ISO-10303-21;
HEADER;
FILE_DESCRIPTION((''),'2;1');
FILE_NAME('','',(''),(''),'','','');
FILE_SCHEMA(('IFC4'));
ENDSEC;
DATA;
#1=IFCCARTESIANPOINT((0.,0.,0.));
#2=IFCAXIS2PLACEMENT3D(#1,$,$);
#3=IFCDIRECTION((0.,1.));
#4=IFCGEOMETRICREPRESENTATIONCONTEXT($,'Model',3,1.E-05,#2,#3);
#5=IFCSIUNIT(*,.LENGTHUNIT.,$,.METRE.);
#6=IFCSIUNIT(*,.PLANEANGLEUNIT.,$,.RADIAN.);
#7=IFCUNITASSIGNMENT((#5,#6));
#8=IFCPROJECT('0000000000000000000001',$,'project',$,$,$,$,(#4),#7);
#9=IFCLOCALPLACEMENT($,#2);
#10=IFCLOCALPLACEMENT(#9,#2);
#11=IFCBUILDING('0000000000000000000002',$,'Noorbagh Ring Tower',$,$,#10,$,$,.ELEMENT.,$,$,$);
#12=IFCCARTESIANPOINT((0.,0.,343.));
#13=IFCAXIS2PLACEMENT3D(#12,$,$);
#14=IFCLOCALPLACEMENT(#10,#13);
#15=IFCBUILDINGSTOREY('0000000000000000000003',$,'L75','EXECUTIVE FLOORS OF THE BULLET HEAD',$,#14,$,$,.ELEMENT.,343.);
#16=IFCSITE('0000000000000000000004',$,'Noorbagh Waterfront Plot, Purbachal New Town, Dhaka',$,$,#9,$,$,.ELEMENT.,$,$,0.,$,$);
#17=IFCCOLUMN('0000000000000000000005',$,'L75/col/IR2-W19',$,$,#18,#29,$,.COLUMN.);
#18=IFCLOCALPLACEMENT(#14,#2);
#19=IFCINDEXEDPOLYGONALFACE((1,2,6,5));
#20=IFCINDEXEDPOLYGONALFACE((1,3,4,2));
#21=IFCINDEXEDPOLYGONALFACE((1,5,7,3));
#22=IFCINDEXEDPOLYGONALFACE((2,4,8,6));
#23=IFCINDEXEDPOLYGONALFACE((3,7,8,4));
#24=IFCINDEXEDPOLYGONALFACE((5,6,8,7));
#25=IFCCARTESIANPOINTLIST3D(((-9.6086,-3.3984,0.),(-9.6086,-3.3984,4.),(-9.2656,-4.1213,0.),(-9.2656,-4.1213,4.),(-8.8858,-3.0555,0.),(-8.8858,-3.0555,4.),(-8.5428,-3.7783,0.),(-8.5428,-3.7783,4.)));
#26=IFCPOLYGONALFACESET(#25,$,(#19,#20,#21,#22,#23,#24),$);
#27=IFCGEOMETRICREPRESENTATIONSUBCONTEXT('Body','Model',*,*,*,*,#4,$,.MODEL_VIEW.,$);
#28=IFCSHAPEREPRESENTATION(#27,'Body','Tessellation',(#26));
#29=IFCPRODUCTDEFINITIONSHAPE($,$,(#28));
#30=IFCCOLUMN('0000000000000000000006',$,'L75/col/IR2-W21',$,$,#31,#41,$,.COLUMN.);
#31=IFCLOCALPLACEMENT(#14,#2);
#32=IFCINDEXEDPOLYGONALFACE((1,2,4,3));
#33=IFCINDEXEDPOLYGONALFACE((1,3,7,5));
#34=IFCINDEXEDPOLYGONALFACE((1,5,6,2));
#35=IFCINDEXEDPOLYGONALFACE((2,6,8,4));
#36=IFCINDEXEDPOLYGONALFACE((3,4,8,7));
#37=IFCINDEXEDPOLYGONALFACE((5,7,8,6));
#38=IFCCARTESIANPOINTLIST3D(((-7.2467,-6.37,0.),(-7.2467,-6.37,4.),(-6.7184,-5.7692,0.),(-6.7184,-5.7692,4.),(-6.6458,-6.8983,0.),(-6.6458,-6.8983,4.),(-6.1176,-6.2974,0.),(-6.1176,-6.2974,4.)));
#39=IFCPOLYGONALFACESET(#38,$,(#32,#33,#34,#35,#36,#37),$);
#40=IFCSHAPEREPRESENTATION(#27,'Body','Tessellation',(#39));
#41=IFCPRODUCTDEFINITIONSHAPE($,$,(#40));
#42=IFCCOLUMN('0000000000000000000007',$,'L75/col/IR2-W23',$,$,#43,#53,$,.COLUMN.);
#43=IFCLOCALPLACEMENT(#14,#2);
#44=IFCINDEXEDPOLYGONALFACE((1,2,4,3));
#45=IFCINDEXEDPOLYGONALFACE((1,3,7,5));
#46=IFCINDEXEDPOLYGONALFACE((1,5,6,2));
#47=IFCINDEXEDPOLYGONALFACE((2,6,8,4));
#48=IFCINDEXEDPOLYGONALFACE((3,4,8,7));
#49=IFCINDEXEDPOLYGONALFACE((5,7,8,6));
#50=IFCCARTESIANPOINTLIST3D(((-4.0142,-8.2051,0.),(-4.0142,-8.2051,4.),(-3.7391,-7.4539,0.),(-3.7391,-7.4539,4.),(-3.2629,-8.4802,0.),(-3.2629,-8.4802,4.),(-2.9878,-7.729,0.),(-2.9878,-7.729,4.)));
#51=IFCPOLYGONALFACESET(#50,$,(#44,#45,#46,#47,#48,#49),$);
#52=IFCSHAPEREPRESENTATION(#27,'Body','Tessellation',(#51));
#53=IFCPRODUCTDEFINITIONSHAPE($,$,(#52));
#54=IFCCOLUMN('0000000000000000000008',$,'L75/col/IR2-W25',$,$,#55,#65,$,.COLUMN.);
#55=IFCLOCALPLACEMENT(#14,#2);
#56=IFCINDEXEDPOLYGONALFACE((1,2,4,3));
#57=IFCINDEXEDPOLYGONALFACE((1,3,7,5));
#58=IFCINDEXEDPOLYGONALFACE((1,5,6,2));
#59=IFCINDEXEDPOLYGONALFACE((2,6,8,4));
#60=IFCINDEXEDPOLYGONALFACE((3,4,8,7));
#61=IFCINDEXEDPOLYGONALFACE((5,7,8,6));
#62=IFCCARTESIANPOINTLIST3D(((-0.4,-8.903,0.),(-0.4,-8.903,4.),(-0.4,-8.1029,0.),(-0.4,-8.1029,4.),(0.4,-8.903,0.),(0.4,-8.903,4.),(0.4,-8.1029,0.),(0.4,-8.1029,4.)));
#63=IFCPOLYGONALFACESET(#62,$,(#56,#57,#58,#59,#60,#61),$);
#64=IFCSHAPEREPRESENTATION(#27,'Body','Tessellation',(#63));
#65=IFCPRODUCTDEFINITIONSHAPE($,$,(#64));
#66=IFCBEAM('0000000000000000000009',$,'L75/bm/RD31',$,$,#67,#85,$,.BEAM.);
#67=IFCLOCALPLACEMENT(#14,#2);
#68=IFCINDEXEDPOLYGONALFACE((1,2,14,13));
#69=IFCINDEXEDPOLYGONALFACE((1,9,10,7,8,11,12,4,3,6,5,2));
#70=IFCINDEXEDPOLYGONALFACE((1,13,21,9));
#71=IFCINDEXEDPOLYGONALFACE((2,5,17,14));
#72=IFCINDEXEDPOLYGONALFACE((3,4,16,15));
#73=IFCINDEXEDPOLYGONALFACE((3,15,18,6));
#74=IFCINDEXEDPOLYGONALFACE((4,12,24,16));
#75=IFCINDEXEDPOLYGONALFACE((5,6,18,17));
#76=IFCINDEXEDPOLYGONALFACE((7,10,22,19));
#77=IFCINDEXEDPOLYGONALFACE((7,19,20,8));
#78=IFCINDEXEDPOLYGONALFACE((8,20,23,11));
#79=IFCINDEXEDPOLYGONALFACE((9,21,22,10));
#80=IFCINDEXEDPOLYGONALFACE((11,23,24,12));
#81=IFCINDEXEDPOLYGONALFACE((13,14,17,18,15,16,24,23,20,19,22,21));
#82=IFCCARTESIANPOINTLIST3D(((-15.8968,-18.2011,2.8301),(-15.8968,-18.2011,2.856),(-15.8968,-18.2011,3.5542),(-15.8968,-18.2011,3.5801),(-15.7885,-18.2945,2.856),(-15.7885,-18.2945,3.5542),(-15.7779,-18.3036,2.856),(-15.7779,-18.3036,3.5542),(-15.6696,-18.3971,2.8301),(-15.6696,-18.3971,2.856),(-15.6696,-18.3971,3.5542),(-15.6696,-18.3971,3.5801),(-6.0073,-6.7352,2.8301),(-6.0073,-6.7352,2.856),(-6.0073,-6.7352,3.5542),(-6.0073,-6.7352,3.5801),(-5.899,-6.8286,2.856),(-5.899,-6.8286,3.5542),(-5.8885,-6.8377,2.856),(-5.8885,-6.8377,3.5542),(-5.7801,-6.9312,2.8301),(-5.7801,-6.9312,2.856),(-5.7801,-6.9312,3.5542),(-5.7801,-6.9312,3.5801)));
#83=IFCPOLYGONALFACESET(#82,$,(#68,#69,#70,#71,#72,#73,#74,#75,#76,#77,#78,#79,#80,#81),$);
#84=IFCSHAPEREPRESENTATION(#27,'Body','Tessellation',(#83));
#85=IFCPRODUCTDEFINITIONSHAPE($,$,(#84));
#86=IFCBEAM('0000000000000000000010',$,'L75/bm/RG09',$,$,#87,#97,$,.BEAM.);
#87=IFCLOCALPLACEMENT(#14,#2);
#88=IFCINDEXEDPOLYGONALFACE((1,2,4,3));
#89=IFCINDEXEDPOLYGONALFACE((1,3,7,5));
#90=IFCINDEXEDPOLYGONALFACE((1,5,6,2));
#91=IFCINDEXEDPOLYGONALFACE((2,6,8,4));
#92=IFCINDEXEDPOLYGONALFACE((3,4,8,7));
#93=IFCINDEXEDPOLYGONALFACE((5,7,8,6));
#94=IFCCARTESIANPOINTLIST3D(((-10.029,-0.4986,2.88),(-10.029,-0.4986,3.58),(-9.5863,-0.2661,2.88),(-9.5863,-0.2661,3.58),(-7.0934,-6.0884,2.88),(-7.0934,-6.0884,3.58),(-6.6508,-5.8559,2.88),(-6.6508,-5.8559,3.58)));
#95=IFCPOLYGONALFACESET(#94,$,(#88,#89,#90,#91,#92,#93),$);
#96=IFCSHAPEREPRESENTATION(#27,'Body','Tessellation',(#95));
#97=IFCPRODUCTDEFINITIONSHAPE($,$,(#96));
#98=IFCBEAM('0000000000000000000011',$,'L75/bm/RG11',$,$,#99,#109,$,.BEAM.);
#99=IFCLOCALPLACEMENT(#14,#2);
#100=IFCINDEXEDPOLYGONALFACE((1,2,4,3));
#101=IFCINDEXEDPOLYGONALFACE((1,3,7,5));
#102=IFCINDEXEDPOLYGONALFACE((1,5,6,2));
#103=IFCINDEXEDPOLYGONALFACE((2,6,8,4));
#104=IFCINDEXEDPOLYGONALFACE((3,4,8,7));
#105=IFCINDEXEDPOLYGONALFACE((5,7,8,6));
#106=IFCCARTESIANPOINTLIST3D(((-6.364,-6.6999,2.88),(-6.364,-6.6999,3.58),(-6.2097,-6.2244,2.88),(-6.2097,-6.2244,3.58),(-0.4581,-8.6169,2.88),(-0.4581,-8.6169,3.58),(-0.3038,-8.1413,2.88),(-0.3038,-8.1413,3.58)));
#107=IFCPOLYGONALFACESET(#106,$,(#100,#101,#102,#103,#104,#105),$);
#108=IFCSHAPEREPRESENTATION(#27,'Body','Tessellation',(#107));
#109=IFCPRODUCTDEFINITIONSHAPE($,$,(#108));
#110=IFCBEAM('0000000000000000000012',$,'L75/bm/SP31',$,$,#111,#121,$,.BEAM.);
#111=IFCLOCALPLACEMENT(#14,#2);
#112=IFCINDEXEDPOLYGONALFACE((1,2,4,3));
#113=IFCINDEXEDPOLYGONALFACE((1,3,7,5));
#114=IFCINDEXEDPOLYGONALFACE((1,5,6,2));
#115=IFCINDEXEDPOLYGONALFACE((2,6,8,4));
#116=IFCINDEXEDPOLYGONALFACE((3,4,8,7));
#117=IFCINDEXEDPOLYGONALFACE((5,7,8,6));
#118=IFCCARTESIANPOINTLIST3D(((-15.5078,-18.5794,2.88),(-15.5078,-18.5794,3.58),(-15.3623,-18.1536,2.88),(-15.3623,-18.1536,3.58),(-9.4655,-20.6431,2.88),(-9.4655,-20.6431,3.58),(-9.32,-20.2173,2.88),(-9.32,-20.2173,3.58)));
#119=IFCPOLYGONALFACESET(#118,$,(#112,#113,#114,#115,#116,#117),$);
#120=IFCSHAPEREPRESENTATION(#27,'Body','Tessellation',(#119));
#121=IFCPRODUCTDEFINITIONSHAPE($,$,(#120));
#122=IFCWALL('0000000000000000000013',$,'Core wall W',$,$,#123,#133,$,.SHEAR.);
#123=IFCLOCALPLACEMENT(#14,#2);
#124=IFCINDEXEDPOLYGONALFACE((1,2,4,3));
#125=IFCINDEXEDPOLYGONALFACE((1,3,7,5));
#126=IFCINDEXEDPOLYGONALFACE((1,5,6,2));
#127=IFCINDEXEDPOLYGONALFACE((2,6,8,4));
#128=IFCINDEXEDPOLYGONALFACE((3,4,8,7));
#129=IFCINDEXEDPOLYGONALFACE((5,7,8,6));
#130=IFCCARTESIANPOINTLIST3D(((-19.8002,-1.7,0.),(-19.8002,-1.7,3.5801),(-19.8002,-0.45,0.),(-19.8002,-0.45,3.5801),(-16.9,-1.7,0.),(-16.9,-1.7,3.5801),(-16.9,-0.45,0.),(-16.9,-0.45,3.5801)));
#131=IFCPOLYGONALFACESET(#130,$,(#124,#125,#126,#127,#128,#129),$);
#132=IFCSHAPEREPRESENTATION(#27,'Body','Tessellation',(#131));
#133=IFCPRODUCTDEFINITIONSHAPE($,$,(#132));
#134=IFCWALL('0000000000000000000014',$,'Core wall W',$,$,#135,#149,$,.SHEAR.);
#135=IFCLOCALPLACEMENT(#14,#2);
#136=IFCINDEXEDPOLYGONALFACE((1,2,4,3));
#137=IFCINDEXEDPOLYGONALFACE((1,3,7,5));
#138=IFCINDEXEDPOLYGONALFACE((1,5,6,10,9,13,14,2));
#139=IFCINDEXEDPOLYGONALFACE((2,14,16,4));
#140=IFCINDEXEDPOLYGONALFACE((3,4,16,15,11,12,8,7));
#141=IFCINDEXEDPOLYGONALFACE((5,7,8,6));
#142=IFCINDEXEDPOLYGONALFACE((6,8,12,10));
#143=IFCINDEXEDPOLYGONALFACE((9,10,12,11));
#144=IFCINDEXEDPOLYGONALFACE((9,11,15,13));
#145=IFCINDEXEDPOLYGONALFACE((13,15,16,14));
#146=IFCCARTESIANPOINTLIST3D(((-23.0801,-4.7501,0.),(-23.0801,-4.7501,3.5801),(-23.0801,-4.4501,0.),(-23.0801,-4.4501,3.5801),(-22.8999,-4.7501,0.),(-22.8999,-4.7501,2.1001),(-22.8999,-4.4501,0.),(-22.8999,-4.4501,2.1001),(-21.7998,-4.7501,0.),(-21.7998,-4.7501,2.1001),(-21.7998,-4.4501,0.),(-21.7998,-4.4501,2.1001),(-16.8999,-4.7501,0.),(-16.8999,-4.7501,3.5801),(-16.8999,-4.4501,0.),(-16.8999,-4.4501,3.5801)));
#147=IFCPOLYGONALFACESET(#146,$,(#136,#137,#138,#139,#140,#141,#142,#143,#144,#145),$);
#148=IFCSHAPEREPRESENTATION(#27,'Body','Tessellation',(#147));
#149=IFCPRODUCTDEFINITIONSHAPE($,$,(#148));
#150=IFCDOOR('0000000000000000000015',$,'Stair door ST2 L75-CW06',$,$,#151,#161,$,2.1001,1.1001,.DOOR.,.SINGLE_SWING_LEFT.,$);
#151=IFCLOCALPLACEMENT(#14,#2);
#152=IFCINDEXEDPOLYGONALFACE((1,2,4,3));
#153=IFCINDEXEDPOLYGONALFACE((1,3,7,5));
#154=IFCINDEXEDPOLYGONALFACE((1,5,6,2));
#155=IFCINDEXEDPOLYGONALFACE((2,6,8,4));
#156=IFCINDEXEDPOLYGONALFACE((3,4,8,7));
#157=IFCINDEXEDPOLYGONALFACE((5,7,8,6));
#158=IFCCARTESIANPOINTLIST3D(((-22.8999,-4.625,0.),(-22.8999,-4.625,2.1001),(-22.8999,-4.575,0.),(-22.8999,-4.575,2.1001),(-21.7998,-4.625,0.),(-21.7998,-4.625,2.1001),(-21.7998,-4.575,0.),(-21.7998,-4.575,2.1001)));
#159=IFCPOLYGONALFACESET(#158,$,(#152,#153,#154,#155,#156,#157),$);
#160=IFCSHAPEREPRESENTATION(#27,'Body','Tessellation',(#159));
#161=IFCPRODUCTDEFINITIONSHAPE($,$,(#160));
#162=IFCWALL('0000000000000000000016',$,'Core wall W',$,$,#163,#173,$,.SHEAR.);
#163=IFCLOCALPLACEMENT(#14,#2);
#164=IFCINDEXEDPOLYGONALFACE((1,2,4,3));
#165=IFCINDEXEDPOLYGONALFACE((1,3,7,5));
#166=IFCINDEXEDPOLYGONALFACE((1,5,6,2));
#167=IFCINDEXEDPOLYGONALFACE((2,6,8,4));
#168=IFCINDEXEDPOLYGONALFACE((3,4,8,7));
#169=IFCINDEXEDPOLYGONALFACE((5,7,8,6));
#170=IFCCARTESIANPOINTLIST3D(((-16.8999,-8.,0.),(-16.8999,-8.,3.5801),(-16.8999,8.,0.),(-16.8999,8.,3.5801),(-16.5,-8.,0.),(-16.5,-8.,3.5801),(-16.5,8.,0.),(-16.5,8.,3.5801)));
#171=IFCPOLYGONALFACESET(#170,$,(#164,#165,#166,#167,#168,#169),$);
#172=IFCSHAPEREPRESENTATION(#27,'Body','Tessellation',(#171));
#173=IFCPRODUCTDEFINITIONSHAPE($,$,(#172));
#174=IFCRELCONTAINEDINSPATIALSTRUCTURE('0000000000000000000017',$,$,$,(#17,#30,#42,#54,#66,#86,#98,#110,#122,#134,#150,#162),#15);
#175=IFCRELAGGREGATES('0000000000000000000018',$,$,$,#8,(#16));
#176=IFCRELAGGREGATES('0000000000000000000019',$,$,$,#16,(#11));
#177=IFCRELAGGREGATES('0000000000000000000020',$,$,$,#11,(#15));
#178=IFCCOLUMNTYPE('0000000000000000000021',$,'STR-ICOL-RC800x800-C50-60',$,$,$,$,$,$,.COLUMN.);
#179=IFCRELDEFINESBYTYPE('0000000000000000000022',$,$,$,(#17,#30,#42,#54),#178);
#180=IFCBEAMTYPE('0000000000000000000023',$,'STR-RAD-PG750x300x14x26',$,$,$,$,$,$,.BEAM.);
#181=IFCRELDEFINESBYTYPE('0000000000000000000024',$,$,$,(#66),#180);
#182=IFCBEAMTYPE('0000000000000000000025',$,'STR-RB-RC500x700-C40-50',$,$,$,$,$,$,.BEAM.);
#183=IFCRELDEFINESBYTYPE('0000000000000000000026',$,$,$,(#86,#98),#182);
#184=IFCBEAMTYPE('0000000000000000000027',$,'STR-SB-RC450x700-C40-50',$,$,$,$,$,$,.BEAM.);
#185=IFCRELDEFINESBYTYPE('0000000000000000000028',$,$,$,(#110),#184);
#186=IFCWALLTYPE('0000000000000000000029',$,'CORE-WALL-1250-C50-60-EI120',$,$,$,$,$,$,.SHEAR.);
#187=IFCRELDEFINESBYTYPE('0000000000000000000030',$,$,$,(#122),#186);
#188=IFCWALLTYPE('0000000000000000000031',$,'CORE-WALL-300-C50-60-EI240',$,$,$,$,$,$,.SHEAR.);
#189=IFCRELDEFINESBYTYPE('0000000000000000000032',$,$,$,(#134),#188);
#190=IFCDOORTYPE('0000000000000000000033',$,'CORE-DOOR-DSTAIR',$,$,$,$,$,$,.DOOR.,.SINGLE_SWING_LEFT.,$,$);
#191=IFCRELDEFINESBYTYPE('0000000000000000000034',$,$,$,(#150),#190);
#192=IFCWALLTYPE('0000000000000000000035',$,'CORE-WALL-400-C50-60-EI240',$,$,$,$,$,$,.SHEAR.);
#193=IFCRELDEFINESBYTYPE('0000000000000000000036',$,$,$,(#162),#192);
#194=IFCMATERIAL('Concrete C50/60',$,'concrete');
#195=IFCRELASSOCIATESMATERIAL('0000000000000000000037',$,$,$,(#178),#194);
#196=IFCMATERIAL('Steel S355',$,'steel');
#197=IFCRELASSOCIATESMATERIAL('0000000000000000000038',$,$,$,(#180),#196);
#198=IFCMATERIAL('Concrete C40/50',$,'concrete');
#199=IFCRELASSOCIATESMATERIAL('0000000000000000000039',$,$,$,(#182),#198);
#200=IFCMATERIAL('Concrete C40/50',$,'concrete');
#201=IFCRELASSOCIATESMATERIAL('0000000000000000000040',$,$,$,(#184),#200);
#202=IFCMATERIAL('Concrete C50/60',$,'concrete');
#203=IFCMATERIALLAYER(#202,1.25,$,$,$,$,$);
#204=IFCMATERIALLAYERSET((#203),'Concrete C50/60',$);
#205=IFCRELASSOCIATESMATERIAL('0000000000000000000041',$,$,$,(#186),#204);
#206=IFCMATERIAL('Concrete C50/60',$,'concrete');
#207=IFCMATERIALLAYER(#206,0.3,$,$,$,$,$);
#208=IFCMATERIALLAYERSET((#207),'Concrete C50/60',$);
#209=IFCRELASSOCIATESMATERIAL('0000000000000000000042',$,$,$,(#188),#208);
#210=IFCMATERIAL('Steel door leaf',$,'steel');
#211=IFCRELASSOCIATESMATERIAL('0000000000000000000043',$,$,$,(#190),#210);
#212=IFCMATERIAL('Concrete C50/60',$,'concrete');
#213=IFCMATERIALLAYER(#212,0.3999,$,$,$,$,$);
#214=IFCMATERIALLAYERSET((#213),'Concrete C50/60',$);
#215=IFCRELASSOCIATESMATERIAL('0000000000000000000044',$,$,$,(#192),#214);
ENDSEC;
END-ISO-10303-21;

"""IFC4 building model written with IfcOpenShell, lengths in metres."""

from ifc_helpers import new_model, si_unit, direction, frame, frame_2d, origin, origin_2d, place, context, subcontext, project, spatial, rectangle, i_section, extrude, material, layer, layer_set, material_profile, profile_set, type_object, element, fill, save


model = new_model("IFC4")

# Units and contexts
model_context = context("Model", 3, precision=1e-05, world=origin(), true_north=direction((0.0, 1.0)))
body_context = subcontext(model_context, "Body", "Model", "MODEL_VIEW")
ifc_project = project(units=[si_unit("LENGTHUNIT", "METRE"), si_unit("PLANEANGLEUNIT", "RADIAN")], contexts=[model_context])

# Site, building, storey
site_placement = place(None, origin())
site = spatial("IfcSite", under=ifc_project, at=site_placement, Name="Noorbagh Waterfront Plot, Purbachal New Town, Dhaka", CompositionType="ELEMENT", RefElevation=0.0)
building_placement = place(site_placement, origin())
building = spatial("IfcBuilding", under=site, at=building_placement, Name="Noorbagh Ring Tower", CompositionType="ELEMENT")
storey_placement = place(building_placement, frame((0.0, 0.0, 343.0)))
storey = spatial("IfcBuildingStorey", under=building, at=storey_placement, Name="L75", Description="EXECUTIVE FLOORS OF THE BULLET HEAD", CompositionType="ELEMENT", Elevation=343.0)

# Columns
ifc_material_1 = material(Name="Concrete C50/60", Category="concrete")
ifc_material_profile_1 = material_profile(ifc_material_1, rectangle(XDim=0.8, YDim=0.8, at=origin_2d()), Name="RC800x800")
ifc_profile_set_1 = profile_set([ifc_material_profile_1], Name="Concrete C50/60")
column_type = type_object("IfcColumnType", Name="STR-ICOL-RC800x800-C50-60", PredefinedType="COLUMN", material=ifc_profile_set_1)
for number, where, z_axis, x_axis, name in (
    (1, (-9.0757, -3.5884, 0.0), (0.0, 0.0, 1.0), (0.428667, -0.903463, 0.0), "L75/col/IR2-W19"),
    (2, (-6.6821, -6.3337, 0.0), (0.0, 0.0, 1.0), (0.751022, -0.660277, 0.0), "L75/col/IR2-W21"),
    (3, (-3.501, -7.967, 0.0), (0.0, 0.0, 1.0), (0.93902, -0.343864, 0.0), "L75/col/IR2-W23"),
    (4, (0.0, -8.5029, 0.0), (0.0, 0.0, 1.0), (1.0, 0.0, 0.0), "L75/col/IR2-W25"),
):
    element("IfcColumn", number, at=place(storey_placement, frame(where, z_axis=z_axis, x_axis=x_axis)), inside=storey, type_object=column_type, Name=name, PredefinedType="COLUMN", context=body_context, shape_type="SweptSolid", body=[
        extrude(rectangle(XDim=0.8, YDim=0.8, at=origin_2d()), origin(), (0.0, 0.0, 1.0), 4.0),
    ])

# Beams
ifc_material_2 = material(Name="Steel S355", Category="steel")
ifc_material_profile_2 = material_profile(ifc_material_2, i_section(OverallWidth=0.3, OverallDepth=0.75, WebThickness=0.0139, FlangeThickness=0.0259, at=origin_2d()), Name="PG750x300x14x26")
ifc_profile_set_2 = profile_set([ifc_material_profile_2], Name="Steel S355")
beam_type_1 = type_object("IfcBeamType", Name="STR-RAD-PG750x300x14x26", PredefinedType="BEAM", material=ifc_profile_set_2)
beam_1_placement = place(storey_placement, frame((-15.7832, -18.2991, 3.2051), z_axis=(0.653132, 0.757244, 0.0), x_axis=(-0.757244, 0.653132, 0.0)))
element("IfcBeam", 5, at=beam_1_placement, inside=storey, type_object=beam_type_1, Name="L75/bm/RD31", PredefinedType="BEAM", context=body_context, shape_type="SweptSolid", body=[
    extrude(i_section(OverallWidth=0.3, OverallDepth=0.75, WebThickness=0.0139, FlangeThickness=0.0259, at=origin_2d()), origin(), (0.0, 0.0, 1.0), 15.1416),
])
ifc_material_3 = material(Name="Concrete C40/50", Category="concrete")
ifc_material_profile_3 = material_profile(ifc_material_3, rectangle(XDim=0.5, YDim=0.7, at=origin_2d()), Name="RC500x700")
ifc_profile_set_3 = profile_set([ifc_material_profile_3], Name="Concrete C40/50")
beam_type_2 = type_object("IfcBeamType", Name="STR-RB-RC500x700-C40-50", PredefinedType="BEAM", material=ifc_profile_set_3)
beam_2_placement = place(storey_placement, frame((-9.8076, -0.3823, 3.23), z_axis=(0.464943, -0.885341, 0.0), x_axis=(0.885341, 0.464943, 0.0)))
element("IfcBeam", 6, at=beam_2_placement, inside=storey, type_object=beam_type_2, Name="L75/bm/RG09", PredefinedType="BEAM", context=body_context, shape_type="SweptSolid", body=[
    extrude(rectangle(XDim=0.5, YDim=0.7, at=origin_2d()), origin(), (0.0, 0.0, 1.0), 6.3137),
])
beam_3_placement = place(storey_placement, frame((-6.2869, -6.4622, 3.23), z_axis=(0.95115, -0.308728, 0.0), x_axis=(0.308728, 0.95115, 0.0)))
element("IfcBeam", 7, at=beam_3_placement, inside=storey, type_object=beam_type_2, Name="L75/bm/RG11", PredefinedType="BEAM", context=body_context, shape_type="SweptSolid", body=[
    extrude(rectangle(XDim=0.5, YDim=0.7, at=origin_2d()), origin(), (0.0, 0.0, 1.0), 6.2092),
])
ifc_material_4 = material(Name="Concrete C40/50", Category="concrete")
ifc_material_profile_4 = material_profile(ifc_material_4, rectangle(XDim=0.45, YDim=0.7, at=origin_2d()), Name="RC450x700")
ifc_profile_set_4 = profile_set([ifc_material_profile_4], Name="Concrete C40/50")
beam_type_3 = type_object("IfcBeamType", Name="STR-SB-RC450x700-C40-50", PredefinedType="BEAM", material=ifc_profile_set_4)
beam_4_placement = place(storey_placement, frame((-15.4351, -18.3665, 3.23), z_axis=(0.946325, -0.323217, 0.0), x_axis=(0.323217, 0.946325, 0.0)))
element("IfcBeam", 8, at=beam_4_placement, inside=storey, type_object=beam_type_3, Name="L75/bm/SP31", PredefinedType="BEAM", context=body_context, shape_type="SweptSolid", body=[
    extrude(rectangle(XDim=0.45, YDim=0.7, at=origin_2d()), origin(), (0.0, 0.0, 1.0), 6.385),
])

# Wall
ifc_material_5 = material(Name="Concrete C50/60", Category="concrete")
ifc_layer_1 = layer(ifc_material_5, 1.25)
ifc_layer_set_1 = layer_set([ifc_layer_1], Name="Concrete C50/60")
wall_type_1 = type_object("IfcWallType", Name="CORE-WALL-1250-C50-60-EI120", PredefinedType="SHEAR", material=ifc_layer_set_1)
wall_1_placement = place(storey_placement, frame((-16.8999, -1.075, 0.0), z_axis=(0.0, 0.0, 1.0), x_axis=(-1.0, 0.0, 0.0)))
element("IfcWall", 9, at=wall_1_placement, inside=storey, type_object=wall_type_1, Name="Core wall W", PredefinedType="SHEAR", context=body_context, shape_type="SweptSolid", body=[
    extrude(rectangle(XDim=2.9001, YDim=1.25, at=frame_2d((1.4502, 0.0))), origin(), (0.0, 0.0, 1.0), 3.5801),
])

# Wall, opening, door
ifc_material_6 = material(Name="Concrete C50/60", Category="concrete")
ifc_layer_2 = layer(ifc_material_6, 0.3)
ifc_layer_set_2 = layer_set([ifc_layer_2], Name="Concrete C50/60")
wall_type_2 = type_object("IfcWallType", Name="CORE-WALL-300-C50-60-EI240", PredefinedType="SHEAR", material=ifc_layer_set_2)
wall_2_placement = place(storey_placement, frame((-16.8999, -4.6001, 0.0), z_axis=(0.0, 0.0, 1.0), x_axis=(-1.0, 0.0, 0.0)))
wall_2 = element("IfcWall", 10, at=wall_2_placement, inside=storey, type_object=wall_type_2, Name="Core wall W", PredefinedType="SHEAR", context=body_context, shape_type="SweptSolid", body=[
    extrude(rectangle(XDim=6.1802, YDim=0.3, at=frame_2d((3.0901, 0.0))), origin(), (0.0, 0.0, 1.0), 3.5801),
])
opening_1_placement = place(wall_2_placement, frame((4.8999, 0.0, 0.0)))
opening_1 = element("IfcOpeningElement", 11, at=opening_1_placement, cuts=wall_2, PredefinedType="OPENING", context=body_context, shape_type="SweptSolid", body=[
    extrude(rectangle(XDim=1.1001, YDim=2.1001, at=frame_2d((0.55, 1.05))), frame((0.0, 0.1602, 0.0), z_axis=(0.0, -1.0, 0.0), x_axis=(1.0, 0.0, 0.0)), (0.0, 0.0, 1.0), 0.3201),
])
ifc_material_7 = material(Name="Steel door leaf", Category="steel")
door_type_1 = type_object("IfcDoorType", Name="CORE-DOOR-DSTAIR", OperationType="SINGLE_SWING_LEFT", PredefinedType="DOOR", material=ifc_material_7)
door_1_placement = place(opening_1_placement, origin())
door_1 = element("IfcDoor", 12, at=door_1_placement, inside=storey, type_object=door_type_1, Name="Stair door ST2 L75-CW06", OperationType="SINGLE_SWING_LEFT", OverallHeight=2.1001, OverallWidth=1.1001, PredefinedType="DOOR", context=body_context, shape_type="SweptSolid", body=[
    extrude(rectangle(XDim=1.1001, YDim=2.1001, at=frame_2d((0.55, 1.05))), frame((0.0, 0.0249, 0.0), z_axis=(0.0, -1.0, 0.0), x_axis=(1.0, 0.0, 0.0)), (0.0, 0.0, 1.0), 0.05),
])
fill(opening_1, door_1)

# Wall
ifc_material_8 = material(Name="Concrete C50/60", Category="concrete")
ifc_layer_3 = layer(ifc_material_8, 0.3999)
ifc_layer_set_3 = layer_set([ifc_layer_3], Name="Concrete C50/60")
wall_type_3 = type_object("IfcWallType", Name="CORE-WALL-400-C50-60-EI240", PredefinedType="SHEAR", material=ifc_layer_set_3)
wall_3_placement = place(storey_placement, frame((-16.7, -8.0, 0.0), z_axis=(0.0, 0.0, 1.0), x_axis=(0.0, 1.0, 0.0)))
element("IfcWall", 13, at=wall_3_placement, inside=storey, type_object=wall_type_3, Name="Core wall W", PredefinedType="SHEAR", context=body_context, shape_type="SweptSolid", body=[
    extrude(rectangle(XDim=16.0, YDim=0.3999, at=frame_2d((8.0, 0.0))), origin(), (0.0, 0.0, 1.0), 3.5801),
])

save(model, "model.ifc")
